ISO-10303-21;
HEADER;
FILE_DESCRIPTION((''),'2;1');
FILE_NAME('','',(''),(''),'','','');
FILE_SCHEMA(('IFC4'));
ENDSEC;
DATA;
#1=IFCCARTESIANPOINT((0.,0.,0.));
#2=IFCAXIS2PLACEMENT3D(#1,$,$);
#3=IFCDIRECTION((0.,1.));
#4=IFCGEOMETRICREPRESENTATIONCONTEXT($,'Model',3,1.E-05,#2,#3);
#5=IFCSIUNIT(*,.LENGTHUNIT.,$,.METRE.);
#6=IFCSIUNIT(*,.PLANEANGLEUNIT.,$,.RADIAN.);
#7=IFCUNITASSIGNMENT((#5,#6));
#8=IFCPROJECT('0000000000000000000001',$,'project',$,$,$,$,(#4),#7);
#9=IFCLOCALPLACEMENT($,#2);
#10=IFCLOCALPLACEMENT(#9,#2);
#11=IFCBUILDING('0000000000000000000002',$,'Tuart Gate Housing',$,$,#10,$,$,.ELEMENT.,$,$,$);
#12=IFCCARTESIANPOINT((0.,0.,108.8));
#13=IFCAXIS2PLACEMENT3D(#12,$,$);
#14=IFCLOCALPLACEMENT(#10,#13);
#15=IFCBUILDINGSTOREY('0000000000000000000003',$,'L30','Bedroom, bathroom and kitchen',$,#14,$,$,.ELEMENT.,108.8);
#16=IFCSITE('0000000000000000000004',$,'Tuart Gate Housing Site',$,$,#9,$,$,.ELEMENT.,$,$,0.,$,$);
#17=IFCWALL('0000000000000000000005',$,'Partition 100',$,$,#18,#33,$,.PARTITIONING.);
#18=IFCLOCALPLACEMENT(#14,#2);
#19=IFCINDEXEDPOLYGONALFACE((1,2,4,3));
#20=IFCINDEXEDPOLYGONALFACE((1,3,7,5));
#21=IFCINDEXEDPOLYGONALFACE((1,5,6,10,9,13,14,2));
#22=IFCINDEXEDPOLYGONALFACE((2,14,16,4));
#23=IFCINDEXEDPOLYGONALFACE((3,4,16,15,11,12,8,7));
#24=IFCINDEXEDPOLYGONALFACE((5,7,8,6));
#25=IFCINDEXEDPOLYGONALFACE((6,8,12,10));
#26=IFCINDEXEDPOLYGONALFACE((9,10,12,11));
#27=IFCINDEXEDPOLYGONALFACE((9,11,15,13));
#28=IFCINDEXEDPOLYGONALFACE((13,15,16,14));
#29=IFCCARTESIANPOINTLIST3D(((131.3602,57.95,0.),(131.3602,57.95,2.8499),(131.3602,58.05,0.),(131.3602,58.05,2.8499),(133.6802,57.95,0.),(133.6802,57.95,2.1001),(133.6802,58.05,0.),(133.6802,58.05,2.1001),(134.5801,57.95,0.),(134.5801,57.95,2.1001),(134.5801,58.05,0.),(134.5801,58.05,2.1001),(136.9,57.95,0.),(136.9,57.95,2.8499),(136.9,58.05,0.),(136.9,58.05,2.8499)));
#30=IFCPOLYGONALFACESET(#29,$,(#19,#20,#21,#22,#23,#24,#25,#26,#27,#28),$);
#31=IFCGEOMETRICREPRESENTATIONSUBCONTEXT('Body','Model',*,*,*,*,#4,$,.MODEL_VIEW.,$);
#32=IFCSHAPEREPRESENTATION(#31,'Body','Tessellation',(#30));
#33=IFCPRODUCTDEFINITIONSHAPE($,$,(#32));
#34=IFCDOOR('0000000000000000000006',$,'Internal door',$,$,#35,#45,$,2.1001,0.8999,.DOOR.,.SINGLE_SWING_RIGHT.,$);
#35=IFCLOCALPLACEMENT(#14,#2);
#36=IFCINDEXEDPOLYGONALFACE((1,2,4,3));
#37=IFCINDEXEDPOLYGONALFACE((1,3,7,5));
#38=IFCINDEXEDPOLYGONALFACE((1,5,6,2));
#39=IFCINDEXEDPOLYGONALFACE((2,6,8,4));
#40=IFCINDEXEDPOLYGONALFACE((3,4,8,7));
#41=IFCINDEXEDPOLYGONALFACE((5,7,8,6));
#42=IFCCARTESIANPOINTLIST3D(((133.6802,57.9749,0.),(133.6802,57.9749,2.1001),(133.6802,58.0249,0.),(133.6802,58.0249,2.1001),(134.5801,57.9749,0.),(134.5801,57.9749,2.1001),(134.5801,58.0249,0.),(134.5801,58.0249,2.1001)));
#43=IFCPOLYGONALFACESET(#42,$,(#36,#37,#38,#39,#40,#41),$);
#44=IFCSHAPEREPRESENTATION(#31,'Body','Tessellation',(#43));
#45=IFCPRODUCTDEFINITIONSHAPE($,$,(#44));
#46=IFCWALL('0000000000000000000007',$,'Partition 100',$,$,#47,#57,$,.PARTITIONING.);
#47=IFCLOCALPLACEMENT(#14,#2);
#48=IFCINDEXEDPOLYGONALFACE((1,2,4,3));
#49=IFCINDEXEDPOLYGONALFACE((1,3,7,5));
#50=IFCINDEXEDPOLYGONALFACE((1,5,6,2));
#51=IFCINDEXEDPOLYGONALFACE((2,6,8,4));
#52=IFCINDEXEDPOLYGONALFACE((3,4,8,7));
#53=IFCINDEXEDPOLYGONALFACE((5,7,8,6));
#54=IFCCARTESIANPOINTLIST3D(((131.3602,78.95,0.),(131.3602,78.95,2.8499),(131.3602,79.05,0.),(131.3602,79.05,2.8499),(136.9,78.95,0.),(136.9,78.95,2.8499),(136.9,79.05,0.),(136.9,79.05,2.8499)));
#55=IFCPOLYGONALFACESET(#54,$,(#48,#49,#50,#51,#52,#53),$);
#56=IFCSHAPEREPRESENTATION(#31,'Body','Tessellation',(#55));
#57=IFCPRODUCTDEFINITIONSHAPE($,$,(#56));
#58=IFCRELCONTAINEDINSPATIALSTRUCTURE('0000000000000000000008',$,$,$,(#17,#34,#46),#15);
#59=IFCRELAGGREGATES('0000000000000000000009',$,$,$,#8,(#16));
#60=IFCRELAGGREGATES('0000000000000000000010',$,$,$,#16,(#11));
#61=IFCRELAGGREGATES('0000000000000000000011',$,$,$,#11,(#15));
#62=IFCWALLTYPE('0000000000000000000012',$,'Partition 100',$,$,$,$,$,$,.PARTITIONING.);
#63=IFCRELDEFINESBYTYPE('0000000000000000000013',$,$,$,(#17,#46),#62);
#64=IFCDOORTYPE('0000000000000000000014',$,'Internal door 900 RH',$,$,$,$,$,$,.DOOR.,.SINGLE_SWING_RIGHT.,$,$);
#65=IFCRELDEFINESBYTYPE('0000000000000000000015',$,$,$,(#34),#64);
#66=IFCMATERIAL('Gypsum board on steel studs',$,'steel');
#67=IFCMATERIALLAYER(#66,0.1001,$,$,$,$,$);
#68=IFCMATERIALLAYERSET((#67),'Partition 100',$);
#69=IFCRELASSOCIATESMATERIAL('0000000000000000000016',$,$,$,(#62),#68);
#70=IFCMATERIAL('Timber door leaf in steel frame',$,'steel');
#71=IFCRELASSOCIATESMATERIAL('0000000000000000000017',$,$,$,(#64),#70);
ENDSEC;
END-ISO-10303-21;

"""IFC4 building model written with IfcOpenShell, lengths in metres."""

from ifc_helpers import new_model, si_unit, direction, frame, frame_2d, origin, place, context, subcontext, project, spatial, rectangle, extrude, material, layer, layer_set, type_object, element, fill, save


model = new_model("IFC4")

# Units and contexts
model_context = context("Model", 3, precision=1e-05, world=origin(), true_north=direction((0.0, 1.0)))
body_context = subcontext(model_context, "Body", "Model", "MODEL_VIEW")
ifc_project = project(units=[si_unit("LENGTHUNIT", "METRE"), si_unit("PLANEANGLEUNIT", "RADIAN")], contexts=[model_context])

# Site, building, storey
site_placement = place(None, origin())
site = spatial("IfcSite", under=ifc_project, at=site_placement, Name="Tuart Gate Housing Site", CompositionType="ELEMENT", RefElevation=0.0)
building_placement = place(site_placement, origin())
building = spatial("IfcBuilding", under=site, at=building_placement, Name="Tuart Gate Housing", CompositionType="ELEMENT")
storey_placement = place(building_placement, frame((0.0, 0.0, 108.8)))
storey = spatial("IfcBuildingStorey", under=building, at=storey_placement, Name="L30", Description="Bedroom, bathroom and kitchen", CompositionType="ELEMENT", Elevation=108.8)

# Wall, opening, door
ifc_material_1 = material(Name="Gypsum board on steel studs", Category="steel")
ifc_layer_1 = layer(ifc_material_1, 0.1001)
ifc_layer_set_1 = layer_set([ifc_layer_1], Name="Partition 100")
wall_type_1 = type_object("IfcWallType", Name="Partition 100", PredefinedType="PARTITIONING", material=ifc_layer_set_1)
wall_1_placement = place(storey_placement, frame((131.3601, 58.0, 0.0), z_axis=(0.0, 0.0, 1.0), x_axis=(1.0, 0.0, 0.0)))
wall_1 = element("IfcWall", 1, at=wall_1_placement, inside=storey, type_object=wall_type_1, Name="Partition 100", PredefinedType="PARTITIONING", context=body_context, shape_type="SweptSolid", body=[
    extrude(rectangle(XDim=5.5398, YDim=0.1001, at=frame_2d((2.77, 0.0))), origin(), (0.0, 0.0, 1.0), 2.8499),
])
opening_1_placement = place(wall_1_placement, frame((2.3201, 0.0, 0.0)))
opening_1 = element("IfcOpeningElement", 2, at=opening_1_placement, cuts=wall_1, PredefinedType="OPENING", context=body_context, shape_type="SweptSolid", body=[
    extrude(rectangle(XDim=0.8999, YDim=2.1001, at=frame_2d((0.45, 1.05))), frame((0.0, 0.0601, 0.0), z_axis=(0.0, -1.0, 0.0), x_axis=(1.0, 0.0, 0.0)), (0.0, 0.0, 1.0), 0.1201),
])
ifc_material_2 = material(Name="Timber door leaf in steel frame", Category="steel")
door_type = type_object("IfcDoorType", Name="Internal door 900 RH", OperationType="SINGLE_SWING_RIGHT", PredefinedType="DOOR", material=ifc_material_2)
door_placement = place(opening_1_placement, frame((0.8999, 0.0, 0.0), z_axis=(0.0, 0.0, 1.0), x_axis=(-1.0, 0.0, 0.0)))
door = element("IfcDoor", 3, at=door_placement, inside=storey, type_object=door_type, Name="Internal door", OperationType="SINGLE_SWING_RIGHT", OverallHeight=2.1001, OverallWidth=0.8999, PredefinedType="DOOR", context=body_context, shape_type="SweptSolid", body=[
    extrude(rectangle(XDim=0.8999, YDim=2.1001, at=frame_2d((0.45, 1.05))), frame((0.0, 0.0251, 0.0), z_axis=(0.0, -1.0, 0.0), x_axis=(1.0, 0.0, 0.0)), (0.0, 0.0, 1.0), 0.05),
])
fill(opening_1, door)

# Wall
wall_2_placement = place(storey_placement, frame((131.3601, 79.0, 0.0), z_axis=(0.0, 0.0, 1.0), x_axis=(1.0, 0.0, 0.0)))
element("IfcWall", 4, at=wall_2_placement, inside=storey, type_object=wall_type_1, Name="Partition 100", PredefinedType="PARTITIONING", context=body_context, shape_type="SweptSolid", body=[
    extrude(rectangle(XDim=5.5398, YDim=0.1001, at=frame_2d((2.77, 0.0))), origin(), (0.0, 0.0, 1.0), 2.8499),
])

save(model, "model.ifc")
